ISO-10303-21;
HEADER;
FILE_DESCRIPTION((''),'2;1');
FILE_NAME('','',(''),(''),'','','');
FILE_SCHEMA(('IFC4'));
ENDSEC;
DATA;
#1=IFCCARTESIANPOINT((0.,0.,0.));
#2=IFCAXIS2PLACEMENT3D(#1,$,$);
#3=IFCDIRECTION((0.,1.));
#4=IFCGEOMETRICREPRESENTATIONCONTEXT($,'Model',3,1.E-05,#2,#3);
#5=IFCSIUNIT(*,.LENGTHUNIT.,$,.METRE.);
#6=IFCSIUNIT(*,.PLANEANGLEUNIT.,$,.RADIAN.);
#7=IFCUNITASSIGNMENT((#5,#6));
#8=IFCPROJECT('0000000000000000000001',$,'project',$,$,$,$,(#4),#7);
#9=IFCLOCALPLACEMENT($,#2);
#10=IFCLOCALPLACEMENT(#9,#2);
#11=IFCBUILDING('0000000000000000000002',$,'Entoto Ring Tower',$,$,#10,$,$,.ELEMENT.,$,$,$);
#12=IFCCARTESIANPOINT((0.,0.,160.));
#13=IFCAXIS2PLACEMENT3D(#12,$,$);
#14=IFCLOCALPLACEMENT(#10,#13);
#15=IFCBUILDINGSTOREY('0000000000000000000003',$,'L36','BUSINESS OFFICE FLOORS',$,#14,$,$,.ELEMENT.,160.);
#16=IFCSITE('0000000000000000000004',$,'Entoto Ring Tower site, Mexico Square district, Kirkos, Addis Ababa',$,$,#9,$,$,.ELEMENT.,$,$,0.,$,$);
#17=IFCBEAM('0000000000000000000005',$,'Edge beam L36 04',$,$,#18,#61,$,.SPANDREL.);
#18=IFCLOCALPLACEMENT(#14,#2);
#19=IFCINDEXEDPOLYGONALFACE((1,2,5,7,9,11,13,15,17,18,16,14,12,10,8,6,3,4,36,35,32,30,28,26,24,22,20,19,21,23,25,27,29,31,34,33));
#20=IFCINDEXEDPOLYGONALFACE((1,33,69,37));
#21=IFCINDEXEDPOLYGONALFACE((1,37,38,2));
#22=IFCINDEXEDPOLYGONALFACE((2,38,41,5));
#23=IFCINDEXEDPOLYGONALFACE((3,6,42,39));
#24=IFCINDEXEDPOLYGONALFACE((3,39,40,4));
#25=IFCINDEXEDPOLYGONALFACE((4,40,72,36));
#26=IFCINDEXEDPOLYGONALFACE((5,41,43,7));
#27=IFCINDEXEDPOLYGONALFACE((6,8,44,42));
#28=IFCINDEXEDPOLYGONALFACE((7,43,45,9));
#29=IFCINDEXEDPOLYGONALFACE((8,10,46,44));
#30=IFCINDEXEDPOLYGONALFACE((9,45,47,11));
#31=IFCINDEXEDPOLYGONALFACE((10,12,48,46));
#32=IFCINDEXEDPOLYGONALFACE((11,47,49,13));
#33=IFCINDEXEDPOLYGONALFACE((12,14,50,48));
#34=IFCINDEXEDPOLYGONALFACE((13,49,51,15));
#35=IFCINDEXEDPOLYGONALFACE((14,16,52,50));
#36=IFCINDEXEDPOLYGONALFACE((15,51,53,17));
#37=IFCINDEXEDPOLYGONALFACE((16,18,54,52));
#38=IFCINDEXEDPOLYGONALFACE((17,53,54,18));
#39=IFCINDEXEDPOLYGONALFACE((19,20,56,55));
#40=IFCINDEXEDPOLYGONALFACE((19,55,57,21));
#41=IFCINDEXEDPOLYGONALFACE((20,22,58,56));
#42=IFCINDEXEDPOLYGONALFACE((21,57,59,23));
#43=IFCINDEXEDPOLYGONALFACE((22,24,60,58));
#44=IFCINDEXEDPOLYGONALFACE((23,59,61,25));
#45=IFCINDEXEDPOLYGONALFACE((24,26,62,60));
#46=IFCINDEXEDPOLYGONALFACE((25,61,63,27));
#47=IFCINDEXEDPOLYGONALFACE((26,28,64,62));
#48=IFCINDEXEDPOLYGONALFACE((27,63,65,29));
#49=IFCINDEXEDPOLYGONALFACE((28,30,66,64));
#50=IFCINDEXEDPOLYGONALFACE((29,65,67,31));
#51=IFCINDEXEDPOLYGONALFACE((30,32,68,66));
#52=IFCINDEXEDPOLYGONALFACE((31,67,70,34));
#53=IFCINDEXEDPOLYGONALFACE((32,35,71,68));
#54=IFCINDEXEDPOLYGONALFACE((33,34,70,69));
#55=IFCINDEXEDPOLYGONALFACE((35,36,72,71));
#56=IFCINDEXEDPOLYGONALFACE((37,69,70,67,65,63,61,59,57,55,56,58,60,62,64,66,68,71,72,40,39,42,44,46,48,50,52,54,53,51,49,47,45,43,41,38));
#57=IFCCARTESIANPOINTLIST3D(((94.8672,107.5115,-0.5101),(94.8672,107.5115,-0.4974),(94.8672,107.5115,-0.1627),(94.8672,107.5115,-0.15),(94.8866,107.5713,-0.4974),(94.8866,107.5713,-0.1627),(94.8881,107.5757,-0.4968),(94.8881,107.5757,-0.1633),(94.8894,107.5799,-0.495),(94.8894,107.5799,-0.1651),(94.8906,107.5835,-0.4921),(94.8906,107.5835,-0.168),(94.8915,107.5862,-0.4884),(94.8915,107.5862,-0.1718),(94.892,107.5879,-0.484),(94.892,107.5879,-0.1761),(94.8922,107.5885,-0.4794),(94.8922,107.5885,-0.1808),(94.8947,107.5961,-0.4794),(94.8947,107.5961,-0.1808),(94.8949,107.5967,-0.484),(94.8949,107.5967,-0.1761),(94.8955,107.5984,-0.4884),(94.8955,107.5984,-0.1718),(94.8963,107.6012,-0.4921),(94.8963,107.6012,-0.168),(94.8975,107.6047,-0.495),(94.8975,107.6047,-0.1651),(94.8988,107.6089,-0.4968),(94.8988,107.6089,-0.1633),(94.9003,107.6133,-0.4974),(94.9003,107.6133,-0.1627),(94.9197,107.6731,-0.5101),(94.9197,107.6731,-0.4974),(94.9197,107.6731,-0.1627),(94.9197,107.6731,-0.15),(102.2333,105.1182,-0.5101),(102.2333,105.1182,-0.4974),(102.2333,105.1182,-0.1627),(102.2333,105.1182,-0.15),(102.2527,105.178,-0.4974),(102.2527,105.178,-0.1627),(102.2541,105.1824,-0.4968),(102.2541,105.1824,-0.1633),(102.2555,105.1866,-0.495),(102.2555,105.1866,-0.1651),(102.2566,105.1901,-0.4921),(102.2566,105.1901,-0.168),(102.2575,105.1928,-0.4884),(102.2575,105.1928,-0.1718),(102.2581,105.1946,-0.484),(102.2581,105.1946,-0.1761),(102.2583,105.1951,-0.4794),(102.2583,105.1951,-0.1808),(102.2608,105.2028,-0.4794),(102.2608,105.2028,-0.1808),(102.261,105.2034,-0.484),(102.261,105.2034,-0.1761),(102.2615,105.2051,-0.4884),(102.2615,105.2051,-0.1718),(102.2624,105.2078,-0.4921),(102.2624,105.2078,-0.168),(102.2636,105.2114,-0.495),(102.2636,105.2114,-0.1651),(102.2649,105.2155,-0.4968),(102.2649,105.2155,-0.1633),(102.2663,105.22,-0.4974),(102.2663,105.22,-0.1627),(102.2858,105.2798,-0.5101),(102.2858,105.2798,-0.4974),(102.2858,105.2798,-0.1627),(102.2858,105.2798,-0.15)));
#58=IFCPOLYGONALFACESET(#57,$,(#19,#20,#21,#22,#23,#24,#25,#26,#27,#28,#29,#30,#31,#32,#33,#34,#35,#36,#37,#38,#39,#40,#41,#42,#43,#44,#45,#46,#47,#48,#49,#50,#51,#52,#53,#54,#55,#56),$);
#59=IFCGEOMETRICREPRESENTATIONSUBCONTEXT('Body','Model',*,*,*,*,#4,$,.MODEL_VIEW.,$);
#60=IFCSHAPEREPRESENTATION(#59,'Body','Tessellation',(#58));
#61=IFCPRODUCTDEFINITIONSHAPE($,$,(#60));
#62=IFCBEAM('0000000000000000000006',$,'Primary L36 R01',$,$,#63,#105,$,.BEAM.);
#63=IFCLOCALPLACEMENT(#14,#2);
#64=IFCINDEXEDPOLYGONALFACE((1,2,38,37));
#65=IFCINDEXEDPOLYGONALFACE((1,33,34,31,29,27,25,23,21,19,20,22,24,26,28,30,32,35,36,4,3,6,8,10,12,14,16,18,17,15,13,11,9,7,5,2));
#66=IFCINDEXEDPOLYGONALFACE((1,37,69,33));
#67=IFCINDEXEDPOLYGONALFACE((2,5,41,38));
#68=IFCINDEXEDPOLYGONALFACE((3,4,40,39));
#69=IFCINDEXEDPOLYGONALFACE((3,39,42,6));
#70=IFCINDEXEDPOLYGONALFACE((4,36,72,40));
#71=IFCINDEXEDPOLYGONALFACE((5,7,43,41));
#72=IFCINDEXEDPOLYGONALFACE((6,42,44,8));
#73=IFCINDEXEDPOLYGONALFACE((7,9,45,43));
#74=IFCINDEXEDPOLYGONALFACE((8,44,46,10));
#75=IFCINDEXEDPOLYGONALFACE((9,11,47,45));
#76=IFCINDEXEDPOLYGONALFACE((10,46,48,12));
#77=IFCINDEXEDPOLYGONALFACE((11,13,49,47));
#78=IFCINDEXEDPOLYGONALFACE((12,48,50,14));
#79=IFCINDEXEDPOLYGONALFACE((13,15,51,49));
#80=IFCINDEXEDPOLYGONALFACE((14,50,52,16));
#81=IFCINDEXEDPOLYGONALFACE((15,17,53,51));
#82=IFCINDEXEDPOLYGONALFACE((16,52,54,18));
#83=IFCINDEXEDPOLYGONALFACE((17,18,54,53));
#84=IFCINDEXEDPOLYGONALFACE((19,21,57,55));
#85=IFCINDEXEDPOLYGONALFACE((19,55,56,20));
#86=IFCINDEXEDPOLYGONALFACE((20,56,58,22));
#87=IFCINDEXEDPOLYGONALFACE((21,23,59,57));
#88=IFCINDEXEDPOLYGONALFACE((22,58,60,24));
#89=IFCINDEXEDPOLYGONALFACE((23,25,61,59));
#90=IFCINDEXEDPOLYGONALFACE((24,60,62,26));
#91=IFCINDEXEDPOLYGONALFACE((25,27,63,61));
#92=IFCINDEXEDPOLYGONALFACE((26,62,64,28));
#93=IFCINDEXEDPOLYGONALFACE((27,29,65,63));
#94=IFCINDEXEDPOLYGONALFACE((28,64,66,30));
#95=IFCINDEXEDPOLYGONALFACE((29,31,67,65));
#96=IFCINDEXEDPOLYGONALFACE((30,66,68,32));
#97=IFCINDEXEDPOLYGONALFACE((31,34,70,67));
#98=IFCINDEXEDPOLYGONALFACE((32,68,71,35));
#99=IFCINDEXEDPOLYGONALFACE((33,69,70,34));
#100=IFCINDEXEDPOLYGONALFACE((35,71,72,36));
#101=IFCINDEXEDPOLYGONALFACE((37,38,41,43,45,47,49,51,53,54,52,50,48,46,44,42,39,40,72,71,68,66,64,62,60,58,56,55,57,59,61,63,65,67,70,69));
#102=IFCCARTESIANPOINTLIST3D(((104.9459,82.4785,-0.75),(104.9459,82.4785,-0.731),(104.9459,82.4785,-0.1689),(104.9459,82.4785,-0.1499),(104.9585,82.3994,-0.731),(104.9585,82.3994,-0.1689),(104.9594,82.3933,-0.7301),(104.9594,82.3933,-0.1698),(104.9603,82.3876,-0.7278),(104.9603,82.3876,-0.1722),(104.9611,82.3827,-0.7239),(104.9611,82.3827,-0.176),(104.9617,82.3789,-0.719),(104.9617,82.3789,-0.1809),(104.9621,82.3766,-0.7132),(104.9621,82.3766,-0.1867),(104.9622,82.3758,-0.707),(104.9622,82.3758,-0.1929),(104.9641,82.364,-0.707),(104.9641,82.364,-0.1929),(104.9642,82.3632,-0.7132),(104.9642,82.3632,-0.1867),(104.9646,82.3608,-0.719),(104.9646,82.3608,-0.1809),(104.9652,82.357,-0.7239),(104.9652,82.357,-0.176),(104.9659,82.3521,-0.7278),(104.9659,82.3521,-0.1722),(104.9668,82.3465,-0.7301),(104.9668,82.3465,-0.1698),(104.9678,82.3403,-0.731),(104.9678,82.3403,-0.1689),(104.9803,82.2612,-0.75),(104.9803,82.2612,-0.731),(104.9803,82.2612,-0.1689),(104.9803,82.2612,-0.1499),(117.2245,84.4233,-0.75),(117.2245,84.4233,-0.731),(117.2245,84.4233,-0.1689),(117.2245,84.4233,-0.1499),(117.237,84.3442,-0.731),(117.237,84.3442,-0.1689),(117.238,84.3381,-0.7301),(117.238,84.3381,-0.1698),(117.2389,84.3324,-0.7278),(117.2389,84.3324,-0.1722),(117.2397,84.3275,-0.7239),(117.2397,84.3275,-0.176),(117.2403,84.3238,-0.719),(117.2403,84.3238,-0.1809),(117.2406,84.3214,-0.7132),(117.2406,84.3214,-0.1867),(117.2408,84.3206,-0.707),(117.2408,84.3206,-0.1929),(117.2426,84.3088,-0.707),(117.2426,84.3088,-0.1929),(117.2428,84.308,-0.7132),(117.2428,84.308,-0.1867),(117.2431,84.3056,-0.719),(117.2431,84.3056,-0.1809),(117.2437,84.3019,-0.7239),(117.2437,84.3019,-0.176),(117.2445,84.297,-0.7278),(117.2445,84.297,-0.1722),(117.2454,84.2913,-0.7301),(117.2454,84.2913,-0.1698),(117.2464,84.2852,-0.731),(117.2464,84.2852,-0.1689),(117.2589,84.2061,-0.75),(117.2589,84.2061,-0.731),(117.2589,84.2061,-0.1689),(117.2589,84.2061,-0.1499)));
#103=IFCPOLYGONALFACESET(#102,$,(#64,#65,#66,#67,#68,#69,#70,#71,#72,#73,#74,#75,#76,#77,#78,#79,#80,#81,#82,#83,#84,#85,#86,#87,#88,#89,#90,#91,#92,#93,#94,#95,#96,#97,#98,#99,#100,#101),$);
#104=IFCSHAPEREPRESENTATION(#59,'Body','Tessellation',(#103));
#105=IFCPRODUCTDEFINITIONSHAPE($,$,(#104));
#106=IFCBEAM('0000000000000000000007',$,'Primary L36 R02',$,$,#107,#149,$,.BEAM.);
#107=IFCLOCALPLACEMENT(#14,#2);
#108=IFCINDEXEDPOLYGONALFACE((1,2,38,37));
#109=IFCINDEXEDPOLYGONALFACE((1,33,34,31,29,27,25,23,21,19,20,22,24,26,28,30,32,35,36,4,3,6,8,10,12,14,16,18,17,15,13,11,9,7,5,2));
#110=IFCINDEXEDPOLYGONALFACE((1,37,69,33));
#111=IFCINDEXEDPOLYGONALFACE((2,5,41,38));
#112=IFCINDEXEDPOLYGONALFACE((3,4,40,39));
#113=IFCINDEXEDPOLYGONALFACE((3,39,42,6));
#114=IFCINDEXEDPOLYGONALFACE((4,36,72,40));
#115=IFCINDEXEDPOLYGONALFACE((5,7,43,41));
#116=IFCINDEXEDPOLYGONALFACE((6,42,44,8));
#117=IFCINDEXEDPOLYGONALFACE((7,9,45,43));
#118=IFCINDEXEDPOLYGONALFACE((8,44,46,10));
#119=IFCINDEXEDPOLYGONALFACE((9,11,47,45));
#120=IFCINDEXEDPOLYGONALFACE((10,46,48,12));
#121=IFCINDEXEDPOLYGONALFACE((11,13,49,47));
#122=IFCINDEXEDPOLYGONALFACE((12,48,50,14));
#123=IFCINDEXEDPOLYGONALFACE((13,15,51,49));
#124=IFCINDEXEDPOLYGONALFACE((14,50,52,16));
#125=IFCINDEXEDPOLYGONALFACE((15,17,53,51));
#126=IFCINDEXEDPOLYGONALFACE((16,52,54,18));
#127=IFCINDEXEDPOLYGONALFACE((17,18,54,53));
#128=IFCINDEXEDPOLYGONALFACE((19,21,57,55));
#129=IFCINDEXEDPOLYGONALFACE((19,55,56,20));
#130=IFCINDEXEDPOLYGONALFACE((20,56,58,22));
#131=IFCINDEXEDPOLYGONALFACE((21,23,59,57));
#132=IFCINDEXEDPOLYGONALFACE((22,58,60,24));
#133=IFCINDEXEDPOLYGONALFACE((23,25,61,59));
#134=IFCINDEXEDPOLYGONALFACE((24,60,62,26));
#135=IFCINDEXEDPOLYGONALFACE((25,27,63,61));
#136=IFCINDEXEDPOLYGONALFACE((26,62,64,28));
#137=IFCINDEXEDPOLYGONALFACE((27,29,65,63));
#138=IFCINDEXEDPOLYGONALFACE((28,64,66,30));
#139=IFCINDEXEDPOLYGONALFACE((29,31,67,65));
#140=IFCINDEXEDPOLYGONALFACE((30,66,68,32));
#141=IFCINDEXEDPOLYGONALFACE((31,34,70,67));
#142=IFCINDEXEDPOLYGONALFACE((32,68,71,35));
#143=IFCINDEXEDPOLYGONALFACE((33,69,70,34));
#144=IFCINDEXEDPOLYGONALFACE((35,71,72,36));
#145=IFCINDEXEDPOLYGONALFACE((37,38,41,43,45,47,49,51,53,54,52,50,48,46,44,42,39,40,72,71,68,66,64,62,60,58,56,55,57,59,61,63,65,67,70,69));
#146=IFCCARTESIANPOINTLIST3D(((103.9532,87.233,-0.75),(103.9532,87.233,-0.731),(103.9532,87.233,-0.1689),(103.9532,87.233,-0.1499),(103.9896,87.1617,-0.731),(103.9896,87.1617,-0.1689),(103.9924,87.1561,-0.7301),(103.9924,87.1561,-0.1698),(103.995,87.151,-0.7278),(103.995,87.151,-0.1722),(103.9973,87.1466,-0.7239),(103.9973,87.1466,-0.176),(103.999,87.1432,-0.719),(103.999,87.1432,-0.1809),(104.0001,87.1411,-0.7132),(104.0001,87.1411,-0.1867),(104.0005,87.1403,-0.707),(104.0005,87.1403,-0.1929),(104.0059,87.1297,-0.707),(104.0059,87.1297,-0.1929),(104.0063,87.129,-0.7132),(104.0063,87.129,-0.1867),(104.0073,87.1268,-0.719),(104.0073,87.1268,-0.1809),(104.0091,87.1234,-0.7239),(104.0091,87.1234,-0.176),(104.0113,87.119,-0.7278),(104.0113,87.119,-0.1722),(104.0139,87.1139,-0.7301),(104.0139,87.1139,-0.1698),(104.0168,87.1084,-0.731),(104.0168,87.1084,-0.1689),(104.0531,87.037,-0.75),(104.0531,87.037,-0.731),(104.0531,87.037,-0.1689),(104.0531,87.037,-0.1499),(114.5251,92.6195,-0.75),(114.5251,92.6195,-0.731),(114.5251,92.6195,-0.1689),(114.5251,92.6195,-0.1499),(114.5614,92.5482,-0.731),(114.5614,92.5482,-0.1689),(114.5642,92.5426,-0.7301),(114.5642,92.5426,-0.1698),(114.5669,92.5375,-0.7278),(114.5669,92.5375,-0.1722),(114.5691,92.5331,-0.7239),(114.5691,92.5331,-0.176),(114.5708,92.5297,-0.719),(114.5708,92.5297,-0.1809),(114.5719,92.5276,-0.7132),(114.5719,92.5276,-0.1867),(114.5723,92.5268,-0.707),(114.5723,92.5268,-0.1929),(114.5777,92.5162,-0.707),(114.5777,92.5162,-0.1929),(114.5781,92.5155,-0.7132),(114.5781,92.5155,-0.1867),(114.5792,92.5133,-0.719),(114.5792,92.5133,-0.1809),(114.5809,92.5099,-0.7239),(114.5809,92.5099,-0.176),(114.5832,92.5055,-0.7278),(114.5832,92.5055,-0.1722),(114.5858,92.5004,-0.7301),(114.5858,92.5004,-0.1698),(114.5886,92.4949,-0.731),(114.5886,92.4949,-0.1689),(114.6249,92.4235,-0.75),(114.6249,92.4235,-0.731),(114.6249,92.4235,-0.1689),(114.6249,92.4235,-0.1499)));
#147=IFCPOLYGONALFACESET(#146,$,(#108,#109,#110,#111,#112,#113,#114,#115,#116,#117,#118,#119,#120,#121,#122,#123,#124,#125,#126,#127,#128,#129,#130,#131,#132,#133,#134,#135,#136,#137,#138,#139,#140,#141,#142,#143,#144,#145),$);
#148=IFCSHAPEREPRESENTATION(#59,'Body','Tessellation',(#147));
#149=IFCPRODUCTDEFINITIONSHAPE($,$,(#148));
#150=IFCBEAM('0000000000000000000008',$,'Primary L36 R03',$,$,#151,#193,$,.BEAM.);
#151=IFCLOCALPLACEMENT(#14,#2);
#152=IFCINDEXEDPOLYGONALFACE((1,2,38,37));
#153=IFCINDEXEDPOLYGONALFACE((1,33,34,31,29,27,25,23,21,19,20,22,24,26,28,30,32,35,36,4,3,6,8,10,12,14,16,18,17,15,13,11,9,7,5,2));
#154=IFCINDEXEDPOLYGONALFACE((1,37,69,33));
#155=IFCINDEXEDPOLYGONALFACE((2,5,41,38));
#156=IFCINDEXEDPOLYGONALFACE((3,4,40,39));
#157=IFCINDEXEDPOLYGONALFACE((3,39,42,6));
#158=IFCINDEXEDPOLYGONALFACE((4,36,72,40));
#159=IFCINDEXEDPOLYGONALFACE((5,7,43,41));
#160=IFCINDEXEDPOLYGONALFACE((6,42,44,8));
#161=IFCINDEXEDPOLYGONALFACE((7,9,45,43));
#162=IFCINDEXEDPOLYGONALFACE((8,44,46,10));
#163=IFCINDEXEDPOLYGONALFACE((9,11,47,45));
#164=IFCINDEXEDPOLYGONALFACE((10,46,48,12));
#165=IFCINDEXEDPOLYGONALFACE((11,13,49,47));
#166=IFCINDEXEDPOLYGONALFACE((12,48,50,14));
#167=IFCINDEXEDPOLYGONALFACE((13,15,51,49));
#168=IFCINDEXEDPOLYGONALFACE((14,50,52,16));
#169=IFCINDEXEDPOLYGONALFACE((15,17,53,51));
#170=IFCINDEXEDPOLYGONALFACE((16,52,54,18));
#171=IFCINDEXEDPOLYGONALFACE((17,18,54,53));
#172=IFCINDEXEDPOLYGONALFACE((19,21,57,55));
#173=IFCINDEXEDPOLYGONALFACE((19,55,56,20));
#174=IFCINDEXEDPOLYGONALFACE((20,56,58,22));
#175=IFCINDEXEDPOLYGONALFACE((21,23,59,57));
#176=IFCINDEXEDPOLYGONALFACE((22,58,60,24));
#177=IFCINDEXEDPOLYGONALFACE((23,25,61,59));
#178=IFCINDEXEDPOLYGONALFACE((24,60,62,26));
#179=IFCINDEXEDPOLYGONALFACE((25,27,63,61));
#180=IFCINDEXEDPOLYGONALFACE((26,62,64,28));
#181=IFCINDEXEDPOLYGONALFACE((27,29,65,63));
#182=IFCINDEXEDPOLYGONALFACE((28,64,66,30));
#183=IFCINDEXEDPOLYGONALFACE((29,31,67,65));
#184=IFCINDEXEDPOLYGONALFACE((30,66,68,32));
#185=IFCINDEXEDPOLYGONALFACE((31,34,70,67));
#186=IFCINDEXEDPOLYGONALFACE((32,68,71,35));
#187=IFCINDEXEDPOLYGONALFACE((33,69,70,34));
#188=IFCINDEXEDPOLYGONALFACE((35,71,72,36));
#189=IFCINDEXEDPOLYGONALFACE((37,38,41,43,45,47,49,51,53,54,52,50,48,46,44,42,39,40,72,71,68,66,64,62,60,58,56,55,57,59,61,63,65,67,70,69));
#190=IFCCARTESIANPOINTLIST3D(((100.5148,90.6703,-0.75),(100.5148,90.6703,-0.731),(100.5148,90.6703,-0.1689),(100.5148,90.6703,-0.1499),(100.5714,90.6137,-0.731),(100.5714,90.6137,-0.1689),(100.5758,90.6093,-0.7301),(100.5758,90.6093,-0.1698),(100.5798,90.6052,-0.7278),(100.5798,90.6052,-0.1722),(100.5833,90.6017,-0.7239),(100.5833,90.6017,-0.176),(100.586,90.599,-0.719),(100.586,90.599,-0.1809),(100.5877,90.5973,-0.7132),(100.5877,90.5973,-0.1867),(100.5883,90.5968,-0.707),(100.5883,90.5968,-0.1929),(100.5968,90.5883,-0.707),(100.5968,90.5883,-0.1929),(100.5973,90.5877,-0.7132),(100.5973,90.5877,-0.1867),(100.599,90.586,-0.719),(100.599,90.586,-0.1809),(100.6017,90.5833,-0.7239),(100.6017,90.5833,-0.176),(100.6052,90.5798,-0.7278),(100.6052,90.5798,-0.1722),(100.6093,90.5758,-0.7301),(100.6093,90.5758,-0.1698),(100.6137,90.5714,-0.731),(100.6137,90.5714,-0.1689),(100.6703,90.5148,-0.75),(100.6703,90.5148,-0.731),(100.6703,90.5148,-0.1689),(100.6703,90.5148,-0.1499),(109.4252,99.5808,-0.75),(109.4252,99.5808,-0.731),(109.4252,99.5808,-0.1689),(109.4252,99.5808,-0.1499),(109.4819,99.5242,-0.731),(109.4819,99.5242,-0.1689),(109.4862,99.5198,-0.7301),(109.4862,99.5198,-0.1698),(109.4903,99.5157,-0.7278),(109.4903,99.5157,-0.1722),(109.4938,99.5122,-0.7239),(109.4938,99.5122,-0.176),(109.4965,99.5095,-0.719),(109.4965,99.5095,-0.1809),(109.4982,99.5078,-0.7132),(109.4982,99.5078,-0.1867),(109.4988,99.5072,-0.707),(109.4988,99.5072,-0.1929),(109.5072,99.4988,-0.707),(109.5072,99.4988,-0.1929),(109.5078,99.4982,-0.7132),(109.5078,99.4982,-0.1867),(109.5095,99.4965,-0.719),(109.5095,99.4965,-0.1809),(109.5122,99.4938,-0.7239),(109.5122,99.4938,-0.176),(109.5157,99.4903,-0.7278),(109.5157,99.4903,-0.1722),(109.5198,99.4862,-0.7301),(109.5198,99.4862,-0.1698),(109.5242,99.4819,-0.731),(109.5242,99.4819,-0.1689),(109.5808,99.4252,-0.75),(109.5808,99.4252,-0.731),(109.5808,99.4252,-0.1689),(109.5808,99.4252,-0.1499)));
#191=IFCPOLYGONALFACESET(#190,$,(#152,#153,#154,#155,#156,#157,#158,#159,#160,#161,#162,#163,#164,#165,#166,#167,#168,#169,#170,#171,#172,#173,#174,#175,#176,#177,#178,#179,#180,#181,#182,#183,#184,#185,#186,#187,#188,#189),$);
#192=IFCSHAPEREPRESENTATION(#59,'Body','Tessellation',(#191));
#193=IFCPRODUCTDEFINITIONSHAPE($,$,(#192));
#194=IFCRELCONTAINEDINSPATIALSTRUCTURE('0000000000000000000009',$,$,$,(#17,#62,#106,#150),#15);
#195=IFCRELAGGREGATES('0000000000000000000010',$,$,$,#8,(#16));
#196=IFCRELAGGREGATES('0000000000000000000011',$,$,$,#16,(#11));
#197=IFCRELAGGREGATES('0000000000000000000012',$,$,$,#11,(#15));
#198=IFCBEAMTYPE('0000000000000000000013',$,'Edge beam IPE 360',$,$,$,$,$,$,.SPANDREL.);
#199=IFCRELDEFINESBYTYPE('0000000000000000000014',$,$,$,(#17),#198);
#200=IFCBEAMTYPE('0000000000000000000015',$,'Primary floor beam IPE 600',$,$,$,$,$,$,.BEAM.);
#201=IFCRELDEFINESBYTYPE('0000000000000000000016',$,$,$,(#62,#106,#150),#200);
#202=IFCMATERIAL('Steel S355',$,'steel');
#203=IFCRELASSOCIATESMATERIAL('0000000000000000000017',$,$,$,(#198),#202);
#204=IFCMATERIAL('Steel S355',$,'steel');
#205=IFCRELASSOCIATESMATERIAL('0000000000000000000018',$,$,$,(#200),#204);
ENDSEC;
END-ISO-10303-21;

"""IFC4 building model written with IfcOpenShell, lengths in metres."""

from ifc_helpers import new_model, si_unit, direction, frame, origin, origin_2d, place, context, subcontext, project, spatial, i_section, extrude, material, material_profile, profile_set, type_object, element, save


model = new_model("IFC4")

# Units and contexts
model_context = context("Model", 3, precision=1e-05, world=origin(), true_north=direction((0.0, 1.0)))
body_context = subcontext(model_context, "Body", "Model", "MODEL_VIEW")
ifc_project = project(units=[si_unit("LENGTHUNIT", "METRE"), si_unit("PLANEANGLEUNIT", "RADIAN")], contexts=[model_context])

# Site, building, storey
site_placement = place(None, origin())
site = spatial("IfcSite", under=ifc_project, at=site_placement, Name="Entoto Ring Tower site, Mexico Square district, Kirkos, Addis Ababa", CompositionType="ELEMENT", RefElevation=0.0)
building_placement = place(site_placement, origin())
building = spatial("IfcBuilding", under=site, at=building_placement, Name="Entoto Ring Tower", CompositionType="ELEMENT")
storey_placement = place(building_placement, frame((0.0, 0.0, 160.0)))
storey = spatial("IfcBuildingStorey", under=building, at=storey_placement, Name="L36", Description="BUSINESS OFFICE FLOORS", CompositionType="ELEMENT", Elevation=160.0)

# Beams
ifc_material_1 = material(Name="Steel S355", Category="steel")
ifc_material_profile_1 = material_profile(ifc_material_1, i_section(OverallWidth=0.1699, OverallDepth=0.3601, WebThickness=0.0081, FlangeThickness=0.0127, FilletRadius=0.0181, at=origin_2d()), Name="IPE 360")
ifc_profile_set_1 = profile_set([ifc_material_profile_1], Name="Steel S355")
beam_type_1 = type_object("IfcBeamType", Name="Edge beam IPE 360", PredefinedType="SPANDREL", material=ifc_profile_set_1)
for number, where, z_axis, x_axis, name in (
    (1, (102.2595, 105.199, -0.3301), (-0.951058, 0.309013, 0.0), (-0.309013, -0.951058, 0.0), "Edge beam L36 04"),
):
    element("IfcBeam", number, at=place(storey_placement, frame(where, z_axis=z_axis, x_axis=x_axis)), inside=storey, type_object=beam_type_1, Name=name, PredefinedType="SPANDREL", context=body_context, shape_type="SweptSolid", body=[
        extrude(i_section(OverallWidth=0.1699, OverallDepth=0.3601, WebThickness=0.0081, FlangeThickness=0.0127, FilletRadius=0.0181, at=origin_2d()), origin(), (0.0, 0.0, 1.0), 7.7451),
    ])
ifc_material_2 = material(Name="Steel S355", Category="steel")
ifc_material_profile_2 = material_profile(ifc_material_2, i_section(OverallWidth=0.22, OverallDepth=0.6001, WebThickness=0.012, FlangeThickness=0.019, FilletRadius=0.0239, at=origin_2d()), Name="IPE 600")
ifc_profile_set_2 = profile_set([ifc_material_profile_2], Name="Steel S355")
beam_type_2 = type_object("IfcBeamType", Name="Primary floor beam IPE 600", PredefinedType="BEAM", material=ifc_profile_set_2)
beam_1_placement = place(storey_placement, frame((104.9631, 82.3699, -0.45), z_axis=(0.987687, 0.156442, 0.0), x_axis=(-0.156442, 0.987687, 0.0)))
element("IfcBeam", 2, at=beam_1_placement, inside=storey, type_object=beam_type_2, Name="Primary L36 R01", PredefinedType="BEAM", context=body_context, shape_type="SweptSolid", body=[
    extrude(i_section(OverallWidth=0.22, OverallDepth=0.6001, WebThickness=0.012, FlangeThickness=0.019, FilletRadius=0.0239, at=origin_2d()), origin(), (0.0, 0.0, 1.0), 12.4316),
])
beam_2_placement = place(storey_placement, frame((104.0032, 87.135, -0.45), z_axis=(0.89101, 0.453983, 0.0), x_axis=(-0.453983, 0.89101, 0.0)))
element("IfcBeam", 3, at=beam_2_placement, inside=storey, type_object=beam_type_2, Name="Primary L36 R02", PredefinedType="BEAM", context=body_context, shape_type="SweptSolid", body=[
    extrude(i_section(OverallWidth=0.22, OverallDepth=0.6001, WebThickness=0.012, FlangeThickness=0.019, FilletRadius=0.0239, at=origin_2d()), origin(), (0.0, 0.0, 1.0), 11.865),
])
beam_3_placement = place(storey_placement, frame((100.5925, 90.5925, -0.45), z_axis=(0.707107, 0.707107, 0.0), x_axis=(-0.707107, 0.707107, 0.0)))
element("IfcBeam", 4, at=beam_3_placement, inside=storey, type_object=beam_type_2, Name="Primary L36 R03", PredefinedType="BEAM", context=body_context, shape_type="SweptSolid", body=[
    extrude(i_section(OverallWidth=0.22, OverallDepth=0.6001, WebThickness=0.012, FlangeThickness=0.019, FilletRadius=0.0239, at=origin_2d()), origin(), (0.0, 0.0, 1.0), 12.6013),
])

save(model, "model.ifc")
